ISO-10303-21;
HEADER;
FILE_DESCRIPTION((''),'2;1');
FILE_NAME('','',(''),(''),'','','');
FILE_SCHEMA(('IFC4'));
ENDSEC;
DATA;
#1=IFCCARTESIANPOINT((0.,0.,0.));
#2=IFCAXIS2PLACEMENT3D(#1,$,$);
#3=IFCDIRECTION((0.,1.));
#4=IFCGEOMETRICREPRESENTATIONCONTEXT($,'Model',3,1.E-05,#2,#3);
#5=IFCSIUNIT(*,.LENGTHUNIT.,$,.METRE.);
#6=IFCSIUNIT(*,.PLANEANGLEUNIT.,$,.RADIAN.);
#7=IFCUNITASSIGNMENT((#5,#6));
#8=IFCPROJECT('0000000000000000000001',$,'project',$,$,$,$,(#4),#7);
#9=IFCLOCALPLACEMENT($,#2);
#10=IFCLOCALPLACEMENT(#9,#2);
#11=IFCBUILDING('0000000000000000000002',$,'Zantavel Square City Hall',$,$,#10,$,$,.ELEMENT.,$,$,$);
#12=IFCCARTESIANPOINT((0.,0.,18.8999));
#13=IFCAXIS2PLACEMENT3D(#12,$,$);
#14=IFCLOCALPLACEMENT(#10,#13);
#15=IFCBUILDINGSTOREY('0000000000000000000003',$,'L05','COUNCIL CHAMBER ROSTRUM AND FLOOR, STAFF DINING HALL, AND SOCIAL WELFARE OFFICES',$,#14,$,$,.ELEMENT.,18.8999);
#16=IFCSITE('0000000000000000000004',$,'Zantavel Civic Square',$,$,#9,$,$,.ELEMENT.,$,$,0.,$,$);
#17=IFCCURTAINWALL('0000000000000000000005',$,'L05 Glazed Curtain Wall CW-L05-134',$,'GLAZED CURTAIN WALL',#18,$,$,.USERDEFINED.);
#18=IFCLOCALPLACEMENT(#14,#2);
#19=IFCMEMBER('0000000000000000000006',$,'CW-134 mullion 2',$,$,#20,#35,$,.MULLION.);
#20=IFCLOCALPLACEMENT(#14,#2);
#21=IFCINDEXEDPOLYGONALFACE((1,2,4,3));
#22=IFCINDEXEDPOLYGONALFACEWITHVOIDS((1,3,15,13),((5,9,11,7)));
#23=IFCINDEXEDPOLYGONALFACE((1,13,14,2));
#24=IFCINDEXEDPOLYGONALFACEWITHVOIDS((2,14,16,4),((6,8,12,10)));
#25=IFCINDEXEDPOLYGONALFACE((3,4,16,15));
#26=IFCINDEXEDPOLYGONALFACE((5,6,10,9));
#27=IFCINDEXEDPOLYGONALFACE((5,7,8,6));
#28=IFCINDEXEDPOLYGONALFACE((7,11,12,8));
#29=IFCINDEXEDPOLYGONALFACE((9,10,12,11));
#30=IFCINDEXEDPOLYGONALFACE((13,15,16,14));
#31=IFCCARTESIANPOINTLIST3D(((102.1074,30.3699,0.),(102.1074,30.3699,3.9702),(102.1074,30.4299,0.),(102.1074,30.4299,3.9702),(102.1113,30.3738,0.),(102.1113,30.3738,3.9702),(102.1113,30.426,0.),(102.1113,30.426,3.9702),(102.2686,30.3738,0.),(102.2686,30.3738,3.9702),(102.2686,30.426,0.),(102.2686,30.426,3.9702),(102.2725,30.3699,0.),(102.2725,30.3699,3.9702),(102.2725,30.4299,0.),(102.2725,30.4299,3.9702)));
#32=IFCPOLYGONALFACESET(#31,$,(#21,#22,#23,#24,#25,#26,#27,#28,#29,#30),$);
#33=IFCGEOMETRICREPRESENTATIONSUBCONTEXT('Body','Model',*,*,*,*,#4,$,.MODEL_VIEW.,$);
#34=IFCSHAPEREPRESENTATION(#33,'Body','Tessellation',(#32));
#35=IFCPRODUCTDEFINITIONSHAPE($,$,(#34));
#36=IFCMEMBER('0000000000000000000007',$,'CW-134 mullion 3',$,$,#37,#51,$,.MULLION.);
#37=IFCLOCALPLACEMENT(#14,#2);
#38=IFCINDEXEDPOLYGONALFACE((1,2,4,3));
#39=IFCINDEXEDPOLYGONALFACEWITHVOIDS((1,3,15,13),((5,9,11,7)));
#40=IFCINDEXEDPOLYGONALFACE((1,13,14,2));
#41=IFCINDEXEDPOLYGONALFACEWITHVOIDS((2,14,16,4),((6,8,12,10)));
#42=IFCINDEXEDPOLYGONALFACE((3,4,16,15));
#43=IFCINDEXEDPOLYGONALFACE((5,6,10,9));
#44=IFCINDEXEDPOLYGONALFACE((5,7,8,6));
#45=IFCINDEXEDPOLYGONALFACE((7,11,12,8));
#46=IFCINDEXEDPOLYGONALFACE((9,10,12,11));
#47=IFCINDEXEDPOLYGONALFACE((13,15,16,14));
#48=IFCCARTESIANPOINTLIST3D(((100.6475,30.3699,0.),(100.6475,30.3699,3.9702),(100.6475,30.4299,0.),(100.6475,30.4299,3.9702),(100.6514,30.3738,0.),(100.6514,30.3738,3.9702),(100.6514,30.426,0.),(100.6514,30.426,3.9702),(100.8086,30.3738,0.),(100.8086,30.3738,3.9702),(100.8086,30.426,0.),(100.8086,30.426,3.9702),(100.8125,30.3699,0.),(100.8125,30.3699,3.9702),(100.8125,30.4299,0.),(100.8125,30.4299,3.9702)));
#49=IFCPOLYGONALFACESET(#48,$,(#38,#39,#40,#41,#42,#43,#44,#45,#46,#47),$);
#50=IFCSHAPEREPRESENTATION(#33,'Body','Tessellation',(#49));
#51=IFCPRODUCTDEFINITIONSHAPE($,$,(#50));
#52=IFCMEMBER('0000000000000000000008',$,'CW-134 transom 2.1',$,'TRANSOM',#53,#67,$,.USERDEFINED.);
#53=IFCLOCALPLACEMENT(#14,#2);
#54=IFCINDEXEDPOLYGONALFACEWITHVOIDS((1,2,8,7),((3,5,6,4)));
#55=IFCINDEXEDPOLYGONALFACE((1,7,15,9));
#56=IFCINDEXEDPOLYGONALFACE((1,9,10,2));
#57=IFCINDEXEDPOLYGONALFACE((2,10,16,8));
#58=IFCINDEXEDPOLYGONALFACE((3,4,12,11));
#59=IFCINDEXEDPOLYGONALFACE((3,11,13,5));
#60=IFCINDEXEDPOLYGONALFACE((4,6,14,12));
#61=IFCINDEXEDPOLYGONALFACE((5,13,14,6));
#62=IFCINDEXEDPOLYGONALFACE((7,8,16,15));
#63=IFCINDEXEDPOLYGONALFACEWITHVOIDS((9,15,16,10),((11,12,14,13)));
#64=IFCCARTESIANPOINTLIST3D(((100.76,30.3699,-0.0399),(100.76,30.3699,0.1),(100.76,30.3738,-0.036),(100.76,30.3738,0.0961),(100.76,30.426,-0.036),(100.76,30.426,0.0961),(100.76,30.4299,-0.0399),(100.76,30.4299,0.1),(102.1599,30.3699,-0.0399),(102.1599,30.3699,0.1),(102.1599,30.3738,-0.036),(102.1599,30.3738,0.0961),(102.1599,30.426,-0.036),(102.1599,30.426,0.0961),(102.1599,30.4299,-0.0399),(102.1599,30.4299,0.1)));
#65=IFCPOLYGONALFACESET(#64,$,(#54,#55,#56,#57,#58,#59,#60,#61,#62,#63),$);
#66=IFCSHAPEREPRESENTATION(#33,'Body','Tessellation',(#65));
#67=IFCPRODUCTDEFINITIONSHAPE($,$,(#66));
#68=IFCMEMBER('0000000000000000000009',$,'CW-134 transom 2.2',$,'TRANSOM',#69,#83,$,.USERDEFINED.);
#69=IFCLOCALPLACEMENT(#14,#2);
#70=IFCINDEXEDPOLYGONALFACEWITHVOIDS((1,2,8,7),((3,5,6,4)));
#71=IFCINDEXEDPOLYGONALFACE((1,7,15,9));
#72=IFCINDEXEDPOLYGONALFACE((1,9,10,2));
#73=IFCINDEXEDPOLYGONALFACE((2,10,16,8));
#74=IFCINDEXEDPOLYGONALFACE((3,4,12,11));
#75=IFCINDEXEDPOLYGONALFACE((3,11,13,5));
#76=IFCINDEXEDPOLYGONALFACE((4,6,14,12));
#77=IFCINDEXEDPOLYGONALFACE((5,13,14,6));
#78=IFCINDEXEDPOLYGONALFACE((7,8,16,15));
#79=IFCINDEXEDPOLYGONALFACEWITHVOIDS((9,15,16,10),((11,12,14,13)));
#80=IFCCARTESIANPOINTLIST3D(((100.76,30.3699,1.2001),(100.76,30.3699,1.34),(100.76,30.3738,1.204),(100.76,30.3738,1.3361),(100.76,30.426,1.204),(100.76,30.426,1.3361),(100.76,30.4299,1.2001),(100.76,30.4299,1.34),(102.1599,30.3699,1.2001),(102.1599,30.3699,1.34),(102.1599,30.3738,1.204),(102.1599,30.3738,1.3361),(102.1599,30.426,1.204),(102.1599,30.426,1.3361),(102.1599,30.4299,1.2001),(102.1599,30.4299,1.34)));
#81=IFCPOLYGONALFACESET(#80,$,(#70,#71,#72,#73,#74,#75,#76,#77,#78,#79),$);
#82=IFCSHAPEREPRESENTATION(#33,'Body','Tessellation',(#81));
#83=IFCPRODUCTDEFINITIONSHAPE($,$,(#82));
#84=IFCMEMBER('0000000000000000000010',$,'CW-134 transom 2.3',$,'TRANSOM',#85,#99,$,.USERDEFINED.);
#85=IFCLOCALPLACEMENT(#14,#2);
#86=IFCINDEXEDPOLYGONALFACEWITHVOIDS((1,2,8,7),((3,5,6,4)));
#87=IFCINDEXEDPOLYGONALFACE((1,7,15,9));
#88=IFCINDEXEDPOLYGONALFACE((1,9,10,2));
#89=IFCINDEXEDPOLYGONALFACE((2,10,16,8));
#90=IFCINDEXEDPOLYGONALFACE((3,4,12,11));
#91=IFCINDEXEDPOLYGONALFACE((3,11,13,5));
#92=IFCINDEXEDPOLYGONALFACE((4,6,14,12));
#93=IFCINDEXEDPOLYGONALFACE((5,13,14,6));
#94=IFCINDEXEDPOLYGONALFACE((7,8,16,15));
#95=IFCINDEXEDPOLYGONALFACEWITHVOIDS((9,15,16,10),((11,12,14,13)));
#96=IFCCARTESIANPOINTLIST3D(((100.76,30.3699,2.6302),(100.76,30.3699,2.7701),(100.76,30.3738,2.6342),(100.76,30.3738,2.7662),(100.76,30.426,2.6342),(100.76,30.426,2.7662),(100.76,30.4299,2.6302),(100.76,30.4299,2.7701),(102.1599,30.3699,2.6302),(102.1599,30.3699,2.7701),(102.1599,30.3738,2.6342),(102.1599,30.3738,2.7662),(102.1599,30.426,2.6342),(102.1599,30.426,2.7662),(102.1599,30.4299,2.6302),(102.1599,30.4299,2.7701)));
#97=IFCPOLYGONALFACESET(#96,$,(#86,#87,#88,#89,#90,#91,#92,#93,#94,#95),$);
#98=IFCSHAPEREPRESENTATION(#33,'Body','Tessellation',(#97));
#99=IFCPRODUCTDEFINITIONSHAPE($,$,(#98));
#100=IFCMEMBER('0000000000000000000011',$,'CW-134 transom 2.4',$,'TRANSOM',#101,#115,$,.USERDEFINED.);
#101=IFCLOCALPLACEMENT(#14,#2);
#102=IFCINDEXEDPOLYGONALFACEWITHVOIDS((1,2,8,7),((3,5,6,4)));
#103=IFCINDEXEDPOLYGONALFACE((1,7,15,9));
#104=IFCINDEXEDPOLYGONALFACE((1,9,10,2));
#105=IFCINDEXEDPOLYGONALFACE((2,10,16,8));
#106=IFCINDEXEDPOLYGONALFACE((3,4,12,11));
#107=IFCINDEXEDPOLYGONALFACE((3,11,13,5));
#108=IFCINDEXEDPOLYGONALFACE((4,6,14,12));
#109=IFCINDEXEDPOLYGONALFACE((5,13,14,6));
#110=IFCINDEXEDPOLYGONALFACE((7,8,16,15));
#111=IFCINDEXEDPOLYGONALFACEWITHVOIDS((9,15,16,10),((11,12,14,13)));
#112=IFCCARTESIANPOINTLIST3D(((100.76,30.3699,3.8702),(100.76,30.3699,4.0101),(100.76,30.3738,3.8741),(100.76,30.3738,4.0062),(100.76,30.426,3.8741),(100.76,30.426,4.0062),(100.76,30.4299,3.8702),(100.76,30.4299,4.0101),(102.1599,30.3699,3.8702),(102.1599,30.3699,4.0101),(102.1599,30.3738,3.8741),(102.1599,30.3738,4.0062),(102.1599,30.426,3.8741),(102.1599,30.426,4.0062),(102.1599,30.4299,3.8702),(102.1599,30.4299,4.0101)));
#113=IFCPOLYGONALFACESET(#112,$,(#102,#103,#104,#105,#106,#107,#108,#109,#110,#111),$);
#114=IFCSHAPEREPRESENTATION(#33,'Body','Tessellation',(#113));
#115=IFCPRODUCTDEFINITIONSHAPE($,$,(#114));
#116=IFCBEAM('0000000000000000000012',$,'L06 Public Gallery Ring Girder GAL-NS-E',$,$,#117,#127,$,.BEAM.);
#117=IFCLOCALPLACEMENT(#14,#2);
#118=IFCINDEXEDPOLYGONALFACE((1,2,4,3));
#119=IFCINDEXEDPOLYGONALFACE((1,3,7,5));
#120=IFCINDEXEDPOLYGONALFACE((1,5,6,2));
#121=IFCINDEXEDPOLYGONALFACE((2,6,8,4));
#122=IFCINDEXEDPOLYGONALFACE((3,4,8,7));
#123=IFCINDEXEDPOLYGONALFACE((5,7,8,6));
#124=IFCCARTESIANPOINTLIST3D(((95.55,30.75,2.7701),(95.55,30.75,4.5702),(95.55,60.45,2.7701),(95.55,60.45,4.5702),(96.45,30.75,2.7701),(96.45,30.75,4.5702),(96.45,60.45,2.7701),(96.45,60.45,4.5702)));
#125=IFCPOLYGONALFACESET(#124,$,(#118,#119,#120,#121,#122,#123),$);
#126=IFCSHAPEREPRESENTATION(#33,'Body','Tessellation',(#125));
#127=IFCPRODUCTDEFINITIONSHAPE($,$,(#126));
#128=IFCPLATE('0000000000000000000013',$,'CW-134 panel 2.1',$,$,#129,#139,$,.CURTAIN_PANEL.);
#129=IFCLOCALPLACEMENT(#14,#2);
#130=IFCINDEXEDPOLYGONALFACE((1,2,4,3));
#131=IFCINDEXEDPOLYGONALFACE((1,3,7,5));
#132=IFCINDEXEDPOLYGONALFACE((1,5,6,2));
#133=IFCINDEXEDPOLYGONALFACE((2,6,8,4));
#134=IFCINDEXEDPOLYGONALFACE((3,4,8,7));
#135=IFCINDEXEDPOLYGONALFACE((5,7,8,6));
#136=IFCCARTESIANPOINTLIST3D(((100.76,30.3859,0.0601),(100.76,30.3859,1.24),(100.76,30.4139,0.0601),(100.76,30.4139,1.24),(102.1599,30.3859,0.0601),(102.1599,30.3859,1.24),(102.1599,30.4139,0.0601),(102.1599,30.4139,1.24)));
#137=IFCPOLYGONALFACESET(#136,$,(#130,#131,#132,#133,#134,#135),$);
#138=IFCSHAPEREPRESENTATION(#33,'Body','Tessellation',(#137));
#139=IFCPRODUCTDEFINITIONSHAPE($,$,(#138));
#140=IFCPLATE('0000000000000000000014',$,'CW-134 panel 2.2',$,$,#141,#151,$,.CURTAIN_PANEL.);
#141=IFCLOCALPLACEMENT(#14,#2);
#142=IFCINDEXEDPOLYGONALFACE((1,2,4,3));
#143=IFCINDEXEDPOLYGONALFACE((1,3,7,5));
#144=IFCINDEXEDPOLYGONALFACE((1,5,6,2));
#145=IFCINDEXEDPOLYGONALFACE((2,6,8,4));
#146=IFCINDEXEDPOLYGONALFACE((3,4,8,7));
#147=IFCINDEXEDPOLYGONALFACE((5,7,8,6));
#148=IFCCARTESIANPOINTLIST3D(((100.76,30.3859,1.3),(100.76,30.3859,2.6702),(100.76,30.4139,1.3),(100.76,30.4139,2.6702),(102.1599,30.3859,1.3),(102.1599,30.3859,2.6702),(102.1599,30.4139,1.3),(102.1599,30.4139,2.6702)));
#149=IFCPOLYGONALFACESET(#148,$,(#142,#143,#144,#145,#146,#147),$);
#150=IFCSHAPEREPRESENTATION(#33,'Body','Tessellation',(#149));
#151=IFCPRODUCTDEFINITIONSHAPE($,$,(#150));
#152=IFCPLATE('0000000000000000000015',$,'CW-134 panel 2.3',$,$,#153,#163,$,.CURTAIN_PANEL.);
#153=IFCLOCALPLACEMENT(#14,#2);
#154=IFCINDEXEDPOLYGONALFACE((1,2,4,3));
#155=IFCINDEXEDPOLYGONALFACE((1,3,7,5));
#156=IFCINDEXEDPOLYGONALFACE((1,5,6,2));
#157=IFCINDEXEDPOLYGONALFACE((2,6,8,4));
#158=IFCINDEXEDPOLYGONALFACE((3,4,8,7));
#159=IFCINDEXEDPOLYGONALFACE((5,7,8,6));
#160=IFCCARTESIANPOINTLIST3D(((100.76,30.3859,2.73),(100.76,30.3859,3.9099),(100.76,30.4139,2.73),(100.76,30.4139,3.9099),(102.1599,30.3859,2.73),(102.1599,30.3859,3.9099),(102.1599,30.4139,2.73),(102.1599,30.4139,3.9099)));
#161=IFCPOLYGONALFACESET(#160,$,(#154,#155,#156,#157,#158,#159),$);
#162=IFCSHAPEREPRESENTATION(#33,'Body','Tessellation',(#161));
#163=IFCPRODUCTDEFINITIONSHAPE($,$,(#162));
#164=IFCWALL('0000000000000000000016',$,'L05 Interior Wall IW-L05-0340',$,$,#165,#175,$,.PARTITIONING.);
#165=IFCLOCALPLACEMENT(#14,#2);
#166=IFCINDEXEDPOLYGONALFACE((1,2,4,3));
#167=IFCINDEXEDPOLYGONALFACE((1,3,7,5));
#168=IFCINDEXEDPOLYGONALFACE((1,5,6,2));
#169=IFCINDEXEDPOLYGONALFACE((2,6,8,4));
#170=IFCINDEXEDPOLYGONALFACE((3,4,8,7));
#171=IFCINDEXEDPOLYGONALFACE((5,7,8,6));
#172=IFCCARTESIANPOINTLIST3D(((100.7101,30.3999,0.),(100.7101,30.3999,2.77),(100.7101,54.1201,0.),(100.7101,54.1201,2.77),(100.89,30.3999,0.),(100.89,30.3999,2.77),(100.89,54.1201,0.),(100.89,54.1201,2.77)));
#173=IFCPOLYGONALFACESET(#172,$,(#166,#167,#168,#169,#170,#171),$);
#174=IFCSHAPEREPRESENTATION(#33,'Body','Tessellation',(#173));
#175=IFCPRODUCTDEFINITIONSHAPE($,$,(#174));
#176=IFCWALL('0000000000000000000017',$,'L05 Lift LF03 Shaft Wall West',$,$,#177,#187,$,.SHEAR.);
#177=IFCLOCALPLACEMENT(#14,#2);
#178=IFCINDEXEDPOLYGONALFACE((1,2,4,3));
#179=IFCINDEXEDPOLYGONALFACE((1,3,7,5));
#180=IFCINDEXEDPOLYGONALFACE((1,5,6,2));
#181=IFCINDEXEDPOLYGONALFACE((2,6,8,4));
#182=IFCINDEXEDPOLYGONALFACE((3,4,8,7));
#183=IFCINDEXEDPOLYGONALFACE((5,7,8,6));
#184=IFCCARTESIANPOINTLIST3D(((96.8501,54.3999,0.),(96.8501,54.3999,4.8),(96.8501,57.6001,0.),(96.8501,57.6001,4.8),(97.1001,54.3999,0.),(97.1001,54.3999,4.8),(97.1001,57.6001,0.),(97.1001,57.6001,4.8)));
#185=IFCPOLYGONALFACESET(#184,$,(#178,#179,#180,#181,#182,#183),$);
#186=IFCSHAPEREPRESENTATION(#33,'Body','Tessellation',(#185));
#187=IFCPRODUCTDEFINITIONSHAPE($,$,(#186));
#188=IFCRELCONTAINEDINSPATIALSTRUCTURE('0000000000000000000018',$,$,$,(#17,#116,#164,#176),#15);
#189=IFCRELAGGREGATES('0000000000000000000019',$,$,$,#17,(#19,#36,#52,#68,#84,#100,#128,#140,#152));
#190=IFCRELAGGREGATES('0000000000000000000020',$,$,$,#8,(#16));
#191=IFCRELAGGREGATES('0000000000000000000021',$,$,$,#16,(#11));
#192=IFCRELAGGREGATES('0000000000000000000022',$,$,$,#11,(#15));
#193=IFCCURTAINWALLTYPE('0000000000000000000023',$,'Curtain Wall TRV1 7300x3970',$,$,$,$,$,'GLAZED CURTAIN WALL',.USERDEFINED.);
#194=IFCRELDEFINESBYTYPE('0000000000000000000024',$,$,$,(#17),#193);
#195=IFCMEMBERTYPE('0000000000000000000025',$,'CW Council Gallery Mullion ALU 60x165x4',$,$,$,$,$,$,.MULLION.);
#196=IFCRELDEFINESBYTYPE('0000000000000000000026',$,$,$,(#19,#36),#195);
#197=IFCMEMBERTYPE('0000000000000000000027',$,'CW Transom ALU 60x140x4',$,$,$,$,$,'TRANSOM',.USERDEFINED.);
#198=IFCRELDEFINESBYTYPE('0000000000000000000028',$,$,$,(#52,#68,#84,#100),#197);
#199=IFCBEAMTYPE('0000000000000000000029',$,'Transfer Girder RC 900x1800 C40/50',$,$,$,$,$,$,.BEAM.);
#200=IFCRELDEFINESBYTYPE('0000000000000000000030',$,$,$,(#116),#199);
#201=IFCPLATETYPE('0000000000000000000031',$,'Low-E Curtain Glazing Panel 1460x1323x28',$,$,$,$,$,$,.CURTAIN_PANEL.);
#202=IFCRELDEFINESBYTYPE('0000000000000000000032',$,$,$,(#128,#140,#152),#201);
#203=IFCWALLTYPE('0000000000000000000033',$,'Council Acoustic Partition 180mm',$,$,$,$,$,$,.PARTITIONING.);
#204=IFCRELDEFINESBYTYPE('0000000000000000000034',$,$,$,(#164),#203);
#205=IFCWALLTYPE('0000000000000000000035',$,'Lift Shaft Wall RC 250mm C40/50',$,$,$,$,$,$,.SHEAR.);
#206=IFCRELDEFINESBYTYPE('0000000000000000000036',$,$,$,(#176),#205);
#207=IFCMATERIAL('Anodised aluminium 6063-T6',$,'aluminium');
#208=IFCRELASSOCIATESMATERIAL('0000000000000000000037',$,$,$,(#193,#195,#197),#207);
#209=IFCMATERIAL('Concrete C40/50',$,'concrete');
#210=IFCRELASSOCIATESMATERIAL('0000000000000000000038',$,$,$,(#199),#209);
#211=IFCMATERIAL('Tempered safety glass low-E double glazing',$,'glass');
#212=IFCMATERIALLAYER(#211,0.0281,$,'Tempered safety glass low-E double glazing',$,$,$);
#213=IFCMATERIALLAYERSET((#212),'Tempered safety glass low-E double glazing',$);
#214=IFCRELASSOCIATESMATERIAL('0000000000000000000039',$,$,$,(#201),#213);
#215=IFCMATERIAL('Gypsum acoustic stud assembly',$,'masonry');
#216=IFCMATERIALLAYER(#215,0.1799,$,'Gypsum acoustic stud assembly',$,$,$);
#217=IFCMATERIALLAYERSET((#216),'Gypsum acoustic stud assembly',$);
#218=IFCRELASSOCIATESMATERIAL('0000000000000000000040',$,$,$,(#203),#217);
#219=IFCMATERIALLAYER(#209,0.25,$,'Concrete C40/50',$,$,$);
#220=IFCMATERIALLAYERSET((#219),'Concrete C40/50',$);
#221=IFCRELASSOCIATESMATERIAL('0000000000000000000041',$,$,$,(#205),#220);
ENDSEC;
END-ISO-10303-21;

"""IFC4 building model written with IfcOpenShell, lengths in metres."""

from ifc_helpers import new_model, si_unit, direction, frame, frame_2d, origin, origin_2d, place, context, subcontext, project, spatial, rectangle, hollow_rectangle, extrude, material, layer, layer_set, material_profile, profile_set, type_object, element, aggregate, save


model = new_model("IFC4")

# Units and contexts
model_context = context("Model", 3, precision=1e-05, world=origin(), true_north=direction((0.0, 1.0)))
body_context = subcontext(model_context, "Body", "Model", "MODEL_VIEW")
ifc_project = project(units=[si_unit("LENGTHUNIT", "METRE"), si_unit("PLANEANGLEUNIT", "RADIAN")], contexts=[model_context])

# Site, building, storey
site_placement = place(None, origin())
site = spatial("IfcSite", under=ifc_project, at=site_placement, Name="Zantavel Civic Square", CompositionType="ELEMENT", RefElevation=0.0)
building_placement = place(site_placement, origin())
building = spatial("IfcBuilding", under=site, at=building_placement, Name="Zantavel Square City Hall", CompositionType="ELEMENT")
storey_placement = place(building_placement, frame((0.0, 0.0, 18.8999)))
storey = spatial("IfcBuildingStorey", under=building, at=storey_placement, Name="L05", Description="COUNCIL CHAMBER ROSTRUM AND FLOOR, STAFF DINING HALL, AND SOCIAL WELFARE OFFICES", CompositionType="ELEMENT", Elevation=18.8999)

# Curtain wall, members
ifc_material_1 = material(Name="Anodised aluminium 6063-T6", Category="aluminium")
curtain_wall_type = type_object("IfcCurtainWallType", Name="Curtain Wall TRV1 7300x3970", ElementType="GLAZED CURTAIN WALL", PredefinedType="USERDEFINED", material=ifc_material_1)
curtain_wall_placement = place(storey_placement, origin())
curtain_wall = element("IfcCurtainWall", 1, at=curtain_wall_placement, inside=storey, type_object=curtain_wall_type, Name="L05 Glazed Curtain Wall CW-L05-134", ObjectType="GLAZED CURTAIN WALL", PredefinedType="USERDEFINED")
ifc_material_profile_1 = material_profile(ifc_material_1, hollow_rectangle(XDim=0.0601, YDim=0.165, WallThickness=0.0039, at=origin_2d()), Name="ALU 60x165x4")
ifc_profile_set_1 = profile_set([ifc_material_profile_1], Name="Anodised aluminium 6063-T6")
member_type_1 = type_object("IfcMemberType", Name="CW Council Gallery Mullion ALU 60x165x4", PredefinedType="MULLION", material=ifc_profile_set_1)
member_1_placement = place(storey_placement, frame((102.1899, 30.3999, 0.0), z_axis=(0.0, 0.0, 1.0), x_axis=(0.0, -1.0, 0.0)))
member_1 = element("IfcMember", 2, at=member_1_placement, type_object=member_type_1, Name="CW-134 mullion 2", PredefinedType="MULLION", context=body_context, shape_type="SweptSolid", body=[
    extrude(hollow_rectangle(XDim=0.0601, YDim=0.165, WallThickness=0.0039, at=origin_2d()), origin(), (0.0, 0.0, 1.0), 3.9702),
])
member_2_placement = place(storey_placement, frame((100.73, 30.3999, 0.0), z_axis=(0.0, 0.0, 1.0), x_axis=(0.0, -1.0, 0.0)))
member_2 = element("IfcMember", 3, at=member_2_placement, type_object=member_type_1, Name="CW-134 mullion 3", PredefinedType="MULLION", context=body_context, shape_type="SweptSolid", body=[
    extrude(hollow_rectangle(XDim=0.0601, YDim=0.165, WallThickness=0.0039, at=origin_2d()), origin(), (0.0, 0.0, 1.0), 3.9702),
])
ifc_material_profile_2 = material_profile(ifc_material_1, hollow_rectangle(XDim=0.0601, YDim=0.1399, WallThickness=0.0039, at=origin_2d()), Name="ALU 60x140x4")
ifc_profile_set_2 = profile_set([ifc_material_profile_2], Name="Anodised aluminium 6063-T6")
member_type_2 = type_object("IfcMemberType", Name="CW Transom ALU 60x140x4", ElementType="TRANSOM", PredefinedType="USERDEFINED", material=ifc_profile_set_2)
member_3_placement = place(storey_placement, frame((102.1599, 30.3999, 0.03), z_axis=(-1.0, 0.0, 0.0), x_axis=(0.0, -1.0, 0.0)))
member_3 = element("IfcMember", 4, at=member_3_placement, type_object=member_type_2, Name="CW-134 transom 2.1", ObjectType="TRANSOM", PredefinedType="USERDEFINED", context=body_context, shape_type="SweptSolid", body=[
    extrude(hollow_rectangle(XDim=0.0601, YDim=0.1399, WallThickness=0.0039, at=origin_2d()), origin(), (0.0, 0.0, 1.0), 1.3999),
])
member_4_placement = place(storey_placement, frame((102.1599, 30.3999, 1.27), z_axis=(-1.0, 0.0, 0.0), x_axis=(0.0, -1.0, 0.0)))
member_4 = element("IfcMember", 5, at=member_4_placement, type_object=member_type_2, Name="CW-134 transom 2.2", ObjectType="TRANSOM", PredefinedType="USERDEFINED", context=body_context, shape_type="SweptSolid", body=[
    extrude(hollow_rectangle(XDim=0.0601, YDim=0.1399, WallThickness=0.0039, at=origin_2d()), origin(), (0.0, 0.0, 1.0), 1.3999),
])
member_5_placement = place(storey_placement, frame((102.1599, 30.3999, 2.7002), z_axis=(-1.0, 0.0, 0.0), x_axis=(0.0, -1.0, 0.0)))
member_5 = element("IfcMember", 6, at=member_5_placement, type_object=member_type_2, Name="CW-134 transom 2.3", ObjectType="TRANSOM", PredefinedType="USERDEFINED", context=body_context, shape_type="SweptSolid", body=[
    extrude(hollow_rectangle(XDim=0.0601, YDim=0.1399, WallThickness=0.0039, at=origin_2d()), origin(), (0.0, 0.0, 1.0), 1.3999),
])
member_6_placement = place(storey_placement, frame((102.1599, 30.3999, 3.9402), z_axis=(-1.0, 0.0, 0.0), x_axis=(0.0, -1.0, 0.0)))
member_6 = element("IfcMember", 7, at=member_6_placement, type_object=member_type_2, Name="CW-134 transom 2.4", ObjectType="TRANSOM", PredefinedType="USERDEFINED", context=body_context, shape_type="SweptSolid", body=[
    extrude(hollow_rectangle(XDim=0.0601, YDim=0.1399, WallThickness=0.0039, at=origin_2d()), origin(), (0.0, 0.0, 1.0), 1.3999),
])

# Beam
ifc_material_2 = material(Name="Concrete C40/50", Category="concrete")
ifc_material_profile_3 = material_profile(ifc_material_2, rectangle(XDim=0.8999, YDim=1.8, at=origin_2d()), Name="RC 900x1800")
ifc_profile_set_3 = profile_set([ifc_material_profile_3], Name="Concrete C40/50")
beam_type = type_object("IfcBeamType", Name="Transfer Girder RC 900x1800 C40/50", PredefinedType="BEAM", material=ifc_profile_set_3)
beam_placement = place(storey_placement, frame((96.0, 30.75, 3.6702), z_axis=(0.0, 1.0, 0.0), x_axis=(-1.0, 0.0, 0.0)))
element("IfcBeam", 8, at=beam_placement, inside=storey, type_object=beam_type, Name="L06 Public Gallery Ring Girder GAL-NS-E", PredefinedType="BEAM", context=body_context, shape_type="SweptSolid", body=[
    extrude(rectangle(XDim=0.8999, YDim=1.8, at=origin_2d()), origin(), (0.0, 0.0, 1.0), 29.7),
])

# Plates
ifc_material_3 = material(Name="Tempered safety glass low-E double glazing", Category="glass")
ifc_layer_1 = layer(ifc_material_3, 0.0281, Name="Tempered safety glass low-E double glazing")
ifc_layer_set_1 = layer_set([ifc_layer_1], Name="Tempered safety glass low-E double glazing")
plate_type = type_object("IfcPlateType", Name="Low-E Curtain Glazing Panel 1460x1323x28", PredefinedType="CURTAIN_PANEL", material=ifc_layer_set_1)
plate_1_placement = place(storey_placement, frame((101.46, 30.3999, 0.0601), z_axis=(0.0, 0.0, 1.0), x_axis=(-1.0, 0.0, 0.0)))
plate_1 = element("IfcPlate", 9, at=plate_1_placement, type_object=plate_type, Name="CW-134 panel 2.1", PredefinedType="CURTAIN_PANEL", context=body_context, shape_type="SweptSolid", body=[
    extrude(rectangle(XDim=1.3999, YDim=0.0281, at=origin_2d()), origin(), (0.0, 0.0, 1.0), 1.1799),
])
plate_2_placement = place(storey_placement, frame((101.46, 30.3999, 1.3), z_axis=(0.0, 0.0, 1.0), x_axis=(-1.0, 0.0, 0.0)))
plate_2 = element("IfcPlate", 10, at=plate_2_placement, type_object=plate_type, Name="CW-134 panel 2.2", PredefinedType="CURTAIN_PANEL", context=body_context, shape_type="SweptSolid", body=[
    extrude(rectangle(XDim=1.3999, YDim=0.0281, at=origin_2d()), origin(), (0.0, 0.0, 1.0), 1.3701),
])
plate_3_placement = place(storey_placement, frame((101.46, 30.3999, 2.73), z_axis=(0.0, 0.0, 1.0), x_axis=(-1.0, 0.0, 0.0)))
plate_3 = element("IfcPlate", 11, at=plate_3_placement, type_object=plate_type, Name="CW-134 panel 2.3", PredefinedType="CURTAIN_PANEL", context=body_context, shape_type="SweptSolid", body=[
    extrude(rectangle(XDim=1.3999, YDim=0.0281, at=origin_2d()), origin(), (0.0, 0.0, 1.0), 1.1799),
])
aggregate(curtain_wall, [member_1, member_2, member_3, member_4, member_5, member_6, plate_1, plate_2, plate_3])

# Wall
ifc_material_4 = material(Name="Gypsum acoustic stud assembly", Category="masonry")
ifc_layer_2 = layer(ifc_material_4, 0.1799, Name="Gypsum acoustic stud assembly")
ifc_layer_set_2 = layer_set([ifc_layer_2], Name="Gypsum acoustic stud assembly")
wall_type_1 = type_object("IfcWallType", Name="Council Acoustic Partition 180mm", PredefinedType="PARTITIONING", material=ifc_layer_set_2)
wall_1_placement = place(storey_placement, frame((100.8, 30.3999, 0.0), z_axis=(0.0, 0.0, 1.0), x_axis=(0.0, 1.0, 0.0)))
element("IfcWall", 12, at=wall_1_placement, inside=storey, type_object=wall_type_1, Name="L05 Interior Wall IW-L05-0340", PredefinedType="PARTITIONING", context=body_context, shape_type="SweptSolid", body=[
    extrude(rectangle(XDim=23.7202, YDim=0.1799, at=frame_2d((11.8601, 0.0))), origin(), (0.0, 0.0, 1.0), 2.77),
])

# Shared definitions
ifc_layer_3 = layer(ifc_material_2, 0.25, Name="Concrete C40/50")
ifc_layer_set_3 = layer_set([ifc_layer_3], Name="Concrete C40/50")
wall_type_2 = type_object("IfcWallType", Name="Lift Shaft Wall RC 250mm C40/50", PredefinedType="SHEAR", material=ifc_layer_set_3)

# Wall
wall_2_placement = place(storey_placement, frame((96.9751, 54.3999, 0.0), z_axis=(0.0, 0.0, 1.0), x_axis=(0.0, 1.0, 0.0)))
element("IfcWall", 13, at=wall_2_placement, inside=storey, type_object=wall_type_2, Name="L05 Lift LF03 Shaft Wall West", PredefinedType="SHEAR", context=body_context, shape_type="SweptSolid", body=[
    extrude(rectangle(XDim=3.2002, YDim=0.25, at=frame_2d((1.6001, 0.0))), origin(), (0.0, 0.0, 1.0), 4.8),
])

save(model, "model.ifc")
